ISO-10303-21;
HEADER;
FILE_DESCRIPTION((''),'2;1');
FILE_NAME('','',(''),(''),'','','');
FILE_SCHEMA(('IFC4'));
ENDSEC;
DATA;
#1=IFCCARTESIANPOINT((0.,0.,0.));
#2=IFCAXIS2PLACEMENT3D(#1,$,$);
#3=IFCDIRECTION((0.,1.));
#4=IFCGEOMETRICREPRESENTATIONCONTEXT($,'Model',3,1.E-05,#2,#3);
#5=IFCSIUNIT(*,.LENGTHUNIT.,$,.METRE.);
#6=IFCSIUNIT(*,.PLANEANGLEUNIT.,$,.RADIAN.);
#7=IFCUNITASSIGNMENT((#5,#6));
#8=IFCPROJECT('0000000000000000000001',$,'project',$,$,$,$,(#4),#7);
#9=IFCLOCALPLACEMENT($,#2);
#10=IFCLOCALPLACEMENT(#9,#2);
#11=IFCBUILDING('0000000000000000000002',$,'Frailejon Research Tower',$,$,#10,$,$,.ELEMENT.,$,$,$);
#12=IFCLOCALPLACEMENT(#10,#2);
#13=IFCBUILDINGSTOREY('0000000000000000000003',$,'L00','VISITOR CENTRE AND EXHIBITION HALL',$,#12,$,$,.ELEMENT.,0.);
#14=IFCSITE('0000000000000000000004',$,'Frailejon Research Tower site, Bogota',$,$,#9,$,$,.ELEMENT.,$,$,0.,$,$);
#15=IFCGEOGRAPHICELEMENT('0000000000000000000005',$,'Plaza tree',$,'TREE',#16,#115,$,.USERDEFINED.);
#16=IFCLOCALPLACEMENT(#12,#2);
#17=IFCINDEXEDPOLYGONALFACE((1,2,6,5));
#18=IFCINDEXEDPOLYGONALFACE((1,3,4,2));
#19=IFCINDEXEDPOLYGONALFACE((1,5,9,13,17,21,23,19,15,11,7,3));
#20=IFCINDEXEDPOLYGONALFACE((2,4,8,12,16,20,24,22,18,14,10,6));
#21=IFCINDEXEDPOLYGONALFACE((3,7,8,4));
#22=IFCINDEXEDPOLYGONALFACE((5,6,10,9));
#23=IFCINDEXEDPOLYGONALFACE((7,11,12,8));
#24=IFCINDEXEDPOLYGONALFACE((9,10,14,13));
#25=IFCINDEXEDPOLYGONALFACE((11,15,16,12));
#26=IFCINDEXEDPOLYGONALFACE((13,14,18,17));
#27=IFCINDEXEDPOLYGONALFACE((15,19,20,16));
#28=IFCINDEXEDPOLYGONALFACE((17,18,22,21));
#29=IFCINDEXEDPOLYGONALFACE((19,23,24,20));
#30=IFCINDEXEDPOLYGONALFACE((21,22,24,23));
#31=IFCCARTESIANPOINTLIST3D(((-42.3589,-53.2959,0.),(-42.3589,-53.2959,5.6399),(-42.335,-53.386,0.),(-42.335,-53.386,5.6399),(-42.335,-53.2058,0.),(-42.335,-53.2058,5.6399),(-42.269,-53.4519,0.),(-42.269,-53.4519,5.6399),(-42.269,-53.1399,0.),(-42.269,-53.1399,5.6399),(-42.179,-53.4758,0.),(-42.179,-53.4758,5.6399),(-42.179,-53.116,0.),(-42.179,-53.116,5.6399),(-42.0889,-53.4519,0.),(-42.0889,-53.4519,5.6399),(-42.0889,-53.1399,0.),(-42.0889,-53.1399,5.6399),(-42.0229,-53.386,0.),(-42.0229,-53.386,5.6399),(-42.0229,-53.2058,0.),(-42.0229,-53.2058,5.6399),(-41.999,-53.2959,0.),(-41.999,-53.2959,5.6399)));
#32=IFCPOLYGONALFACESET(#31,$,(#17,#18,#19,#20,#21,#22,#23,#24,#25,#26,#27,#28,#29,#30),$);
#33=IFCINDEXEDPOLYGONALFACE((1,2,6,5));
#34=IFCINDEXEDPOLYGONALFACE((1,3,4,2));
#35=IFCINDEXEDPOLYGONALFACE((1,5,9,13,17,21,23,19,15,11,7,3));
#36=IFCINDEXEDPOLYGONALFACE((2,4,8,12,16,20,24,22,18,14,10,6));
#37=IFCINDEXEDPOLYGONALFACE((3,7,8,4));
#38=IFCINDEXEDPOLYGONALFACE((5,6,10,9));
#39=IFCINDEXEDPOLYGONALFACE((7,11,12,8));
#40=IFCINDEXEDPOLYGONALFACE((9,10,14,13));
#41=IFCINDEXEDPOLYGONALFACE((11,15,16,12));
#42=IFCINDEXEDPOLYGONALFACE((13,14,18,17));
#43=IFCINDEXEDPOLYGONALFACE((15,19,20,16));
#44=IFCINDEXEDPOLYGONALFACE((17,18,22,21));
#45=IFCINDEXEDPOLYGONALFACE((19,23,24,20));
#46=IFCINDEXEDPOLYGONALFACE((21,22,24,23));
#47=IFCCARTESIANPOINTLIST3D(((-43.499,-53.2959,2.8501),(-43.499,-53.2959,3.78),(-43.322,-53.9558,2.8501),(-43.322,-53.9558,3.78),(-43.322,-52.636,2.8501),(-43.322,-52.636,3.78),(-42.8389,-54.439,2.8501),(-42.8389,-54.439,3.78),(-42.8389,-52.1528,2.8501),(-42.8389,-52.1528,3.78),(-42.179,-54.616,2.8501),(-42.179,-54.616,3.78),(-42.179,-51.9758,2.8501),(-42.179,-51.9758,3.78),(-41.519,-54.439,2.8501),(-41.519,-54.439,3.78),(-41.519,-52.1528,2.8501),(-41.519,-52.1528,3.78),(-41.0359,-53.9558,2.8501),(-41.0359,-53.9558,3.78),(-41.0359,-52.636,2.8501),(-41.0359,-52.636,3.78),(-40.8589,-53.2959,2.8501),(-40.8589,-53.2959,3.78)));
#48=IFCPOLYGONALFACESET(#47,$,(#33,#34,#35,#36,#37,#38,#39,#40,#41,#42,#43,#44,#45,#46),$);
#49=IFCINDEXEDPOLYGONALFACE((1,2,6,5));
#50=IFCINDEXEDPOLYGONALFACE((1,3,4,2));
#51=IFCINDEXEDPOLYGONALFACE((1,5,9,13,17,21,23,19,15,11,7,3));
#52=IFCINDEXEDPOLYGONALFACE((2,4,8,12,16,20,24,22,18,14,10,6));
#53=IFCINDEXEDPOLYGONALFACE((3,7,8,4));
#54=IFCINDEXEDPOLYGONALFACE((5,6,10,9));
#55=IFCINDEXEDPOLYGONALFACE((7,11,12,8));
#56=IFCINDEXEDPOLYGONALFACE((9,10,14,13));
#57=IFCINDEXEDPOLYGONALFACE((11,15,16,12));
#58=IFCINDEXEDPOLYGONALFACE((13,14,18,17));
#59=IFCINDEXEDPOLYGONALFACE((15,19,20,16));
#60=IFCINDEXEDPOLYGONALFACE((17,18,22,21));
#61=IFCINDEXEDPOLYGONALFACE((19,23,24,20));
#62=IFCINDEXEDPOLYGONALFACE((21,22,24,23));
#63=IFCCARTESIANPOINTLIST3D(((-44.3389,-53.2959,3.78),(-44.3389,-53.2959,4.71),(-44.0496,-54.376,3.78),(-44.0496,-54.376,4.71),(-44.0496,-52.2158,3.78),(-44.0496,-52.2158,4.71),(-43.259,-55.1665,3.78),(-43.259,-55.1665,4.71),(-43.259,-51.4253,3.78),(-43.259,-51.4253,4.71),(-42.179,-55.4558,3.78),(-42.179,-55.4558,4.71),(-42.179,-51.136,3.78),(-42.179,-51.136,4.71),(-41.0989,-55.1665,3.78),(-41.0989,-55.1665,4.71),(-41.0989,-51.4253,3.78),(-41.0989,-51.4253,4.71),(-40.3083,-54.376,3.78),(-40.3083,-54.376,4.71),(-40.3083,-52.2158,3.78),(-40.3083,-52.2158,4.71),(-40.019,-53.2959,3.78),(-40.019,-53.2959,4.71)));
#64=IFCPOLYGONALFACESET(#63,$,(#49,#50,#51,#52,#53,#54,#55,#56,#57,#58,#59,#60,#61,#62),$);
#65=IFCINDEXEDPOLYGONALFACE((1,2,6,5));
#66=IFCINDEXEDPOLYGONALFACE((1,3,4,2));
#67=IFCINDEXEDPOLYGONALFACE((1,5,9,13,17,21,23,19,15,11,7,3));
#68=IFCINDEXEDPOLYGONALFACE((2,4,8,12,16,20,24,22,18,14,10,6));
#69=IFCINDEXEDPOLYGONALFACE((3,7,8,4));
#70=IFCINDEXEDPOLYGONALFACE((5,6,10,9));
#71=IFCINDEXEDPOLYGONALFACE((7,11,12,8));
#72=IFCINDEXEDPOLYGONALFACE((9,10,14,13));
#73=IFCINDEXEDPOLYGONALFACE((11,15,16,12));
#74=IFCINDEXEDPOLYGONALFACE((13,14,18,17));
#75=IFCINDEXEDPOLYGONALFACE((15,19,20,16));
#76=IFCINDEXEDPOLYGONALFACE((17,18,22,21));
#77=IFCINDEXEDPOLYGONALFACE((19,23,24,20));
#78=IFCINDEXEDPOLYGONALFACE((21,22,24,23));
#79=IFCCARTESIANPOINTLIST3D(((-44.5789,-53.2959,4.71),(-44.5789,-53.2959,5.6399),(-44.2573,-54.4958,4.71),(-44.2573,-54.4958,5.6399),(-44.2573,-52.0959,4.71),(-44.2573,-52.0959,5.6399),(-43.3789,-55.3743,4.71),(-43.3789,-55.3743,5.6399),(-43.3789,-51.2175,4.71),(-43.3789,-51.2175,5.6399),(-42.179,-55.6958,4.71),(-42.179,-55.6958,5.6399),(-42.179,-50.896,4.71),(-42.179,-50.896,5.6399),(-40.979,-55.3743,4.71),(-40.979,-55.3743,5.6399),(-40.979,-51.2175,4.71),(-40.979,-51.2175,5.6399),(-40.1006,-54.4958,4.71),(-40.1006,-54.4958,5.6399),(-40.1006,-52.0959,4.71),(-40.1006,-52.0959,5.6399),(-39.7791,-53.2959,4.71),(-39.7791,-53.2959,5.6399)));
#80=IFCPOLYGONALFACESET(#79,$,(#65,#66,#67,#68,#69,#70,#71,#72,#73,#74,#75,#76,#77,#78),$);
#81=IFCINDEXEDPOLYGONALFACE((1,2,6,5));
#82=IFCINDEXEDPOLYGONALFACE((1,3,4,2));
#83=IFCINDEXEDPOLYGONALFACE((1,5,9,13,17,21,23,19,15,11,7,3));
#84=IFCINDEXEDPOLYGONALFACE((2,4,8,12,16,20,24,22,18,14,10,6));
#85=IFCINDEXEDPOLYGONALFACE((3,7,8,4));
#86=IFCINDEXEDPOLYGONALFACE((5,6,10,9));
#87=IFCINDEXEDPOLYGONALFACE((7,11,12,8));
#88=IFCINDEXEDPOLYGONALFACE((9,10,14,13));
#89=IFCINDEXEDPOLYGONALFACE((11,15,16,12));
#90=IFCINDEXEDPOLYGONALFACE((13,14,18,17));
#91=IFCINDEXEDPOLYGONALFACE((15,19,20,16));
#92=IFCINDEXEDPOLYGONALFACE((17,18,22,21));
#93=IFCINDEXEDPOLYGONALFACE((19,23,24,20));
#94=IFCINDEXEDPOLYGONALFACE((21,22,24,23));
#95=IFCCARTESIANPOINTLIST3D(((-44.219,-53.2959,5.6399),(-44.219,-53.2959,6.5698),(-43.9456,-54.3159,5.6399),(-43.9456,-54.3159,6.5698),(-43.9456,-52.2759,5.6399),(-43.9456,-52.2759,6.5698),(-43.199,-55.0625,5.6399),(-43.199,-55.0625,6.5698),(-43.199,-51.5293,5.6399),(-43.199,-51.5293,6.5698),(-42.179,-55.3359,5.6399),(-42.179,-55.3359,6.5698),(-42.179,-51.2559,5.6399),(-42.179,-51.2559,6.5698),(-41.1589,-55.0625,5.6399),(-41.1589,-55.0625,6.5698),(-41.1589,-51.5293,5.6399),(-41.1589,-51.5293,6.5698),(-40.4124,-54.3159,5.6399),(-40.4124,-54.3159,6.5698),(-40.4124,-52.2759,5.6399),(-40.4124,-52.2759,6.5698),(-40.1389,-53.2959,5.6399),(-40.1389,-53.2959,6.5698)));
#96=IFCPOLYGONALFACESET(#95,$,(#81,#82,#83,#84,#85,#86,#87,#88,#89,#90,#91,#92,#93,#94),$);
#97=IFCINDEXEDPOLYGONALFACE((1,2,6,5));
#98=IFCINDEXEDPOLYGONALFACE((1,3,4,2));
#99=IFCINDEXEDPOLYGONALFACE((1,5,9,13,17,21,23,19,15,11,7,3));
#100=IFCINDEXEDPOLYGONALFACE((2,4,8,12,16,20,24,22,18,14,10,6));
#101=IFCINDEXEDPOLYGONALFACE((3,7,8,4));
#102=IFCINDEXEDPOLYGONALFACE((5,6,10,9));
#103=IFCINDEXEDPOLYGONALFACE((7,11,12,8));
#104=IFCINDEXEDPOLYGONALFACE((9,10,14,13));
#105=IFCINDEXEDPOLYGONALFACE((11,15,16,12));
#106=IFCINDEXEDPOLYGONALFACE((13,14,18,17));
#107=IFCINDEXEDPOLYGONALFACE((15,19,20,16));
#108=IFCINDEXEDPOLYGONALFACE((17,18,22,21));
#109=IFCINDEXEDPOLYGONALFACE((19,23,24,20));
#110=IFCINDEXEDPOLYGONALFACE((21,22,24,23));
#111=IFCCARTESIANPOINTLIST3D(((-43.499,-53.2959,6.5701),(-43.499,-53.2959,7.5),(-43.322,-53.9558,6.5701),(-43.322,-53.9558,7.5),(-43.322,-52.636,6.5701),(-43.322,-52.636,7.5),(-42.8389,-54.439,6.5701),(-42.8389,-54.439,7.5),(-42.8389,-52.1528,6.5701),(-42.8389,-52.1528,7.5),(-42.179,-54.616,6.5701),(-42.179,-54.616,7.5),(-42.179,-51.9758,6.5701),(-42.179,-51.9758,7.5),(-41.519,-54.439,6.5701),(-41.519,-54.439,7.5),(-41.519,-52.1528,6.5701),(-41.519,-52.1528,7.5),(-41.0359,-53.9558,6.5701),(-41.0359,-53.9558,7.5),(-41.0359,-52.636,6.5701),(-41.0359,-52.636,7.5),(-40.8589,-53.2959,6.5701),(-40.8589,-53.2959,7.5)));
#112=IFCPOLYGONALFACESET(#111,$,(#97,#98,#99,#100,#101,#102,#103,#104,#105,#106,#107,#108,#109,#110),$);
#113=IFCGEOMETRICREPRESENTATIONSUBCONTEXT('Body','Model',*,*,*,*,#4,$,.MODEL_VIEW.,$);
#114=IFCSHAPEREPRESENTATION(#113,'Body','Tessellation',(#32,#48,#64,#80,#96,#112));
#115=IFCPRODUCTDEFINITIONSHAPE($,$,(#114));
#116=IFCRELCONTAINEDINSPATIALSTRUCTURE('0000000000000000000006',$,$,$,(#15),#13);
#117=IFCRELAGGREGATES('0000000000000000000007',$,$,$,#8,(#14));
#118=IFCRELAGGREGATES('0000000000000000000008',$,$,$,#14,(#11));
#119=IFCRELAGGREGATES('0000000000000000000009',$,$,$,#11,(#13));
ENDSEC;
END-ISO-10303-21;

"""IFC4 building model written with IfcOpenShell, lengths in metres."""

from ifc_helpers import new_model, si_unit, direction, frame, origin, place, context, subcontext, project, spatial, polyline, outline, extrude, element, save


model = new_model("IFC4")

# Units and contexts
model_context = context("Model", 3, precision=1e-05, world=origin(), true_north=direction((0.0, 1.0)))
body_context = subcontext(model_context, "Body", "Model", "MODEL_VIEW")
ifc_project = project(units=[si_unit("LENGTHUNIT", "METRE"), si_unit("PLANEANGLEUNIT", "RADIAN")], contexts=[model_context])

# Site, building, storey
site_placement = place(None, origin())
site = spatial("IfcSite", under=ifc_project, at=site_placement, Name="Frailejon Research Tower site, Bogota", CompositionType="ELEMENT", RefElevation=0.0)
building_placement = place(site_placement, origin())
building = spatial("IfcBuilding", under=site, at=building_placement, Name="Frailejon Research Tower", CompositionType="ELEMENT")
storey_placement = place(building_placement, origin())
storey = spatial("IfcBuildingStorey", under=building, at=storey_placement, Name="L00", Description="VISITOR CENTRE AND EXHIBITION HALL", CompositionType="ELEMENT", Elevation=0.0)

# Geographic element
geographic_element_1_placement = place(storey_placement, frame((-42.179, -53.2959, 0.0)))
element("IfcGeographicElement", 1, at=geographic_element_1_placement, inside=storey, Name="Plaza tree", ObjectType="TREE", PredefinedType="USERDEFINED", context=body_context, shape_type="SweptSolid", body=[
    extrude(outline(polyline([(0.1799, 0.0), (0.156, 0.0901), (0.0901, 0.156), (0.0, 0.1799), (-0.0901, 0.156), (-0.156, 0.0901), (-0.1799, 0.0), (-0.156, -0.0901), (-0.0901, -0.156), (0.0, -0.1799), (0.0901, -0.156), (0.156, -0.0901), (0.1799, 0.0)])), origin(), (0.0, 0.0, 1.0), 5.6399),
    extrude(outline(polyline([(1.3201, 0.0), (1.1431, 0.6599), (0.6599, 1.1431), (0.0, 1.3201), (-0.6599, 1.1431), (-1.1431, 0.6599), (-1.3201, 0.0), (-1.1431, -0.6599), (-0.6599, -1.1431), (0.0, -1.3201), (0.6599, -1.1431), (1.1431, -0.6599), (1.3201, 0.0)])), frame((0.0, 0.0, 2.8501)), (0.0, 0.0, 1.0), 0.9299),
    extrude(outline(polyline([(2.1599, 0.0), (1.8706, 1.0801), (1.0801, 1.8706), (0.0, 2.1599), (-1.0801, 1.8706), (-1.8706, 1.0801), (-2.1599, 0.0), (-1.8706, -1.0801), (-1.0801, -1.8706), (0.0, -2.1599), (1.0801, -1.8706), (1.8706, -1.0801), (2.1599, 0.0)])), frame((0.0, 0.0, 3.78)), (0.0, 0.0, 1.0), 0.9299),
    extrude(outline(polyline([(2.3999, 0.0), (2.0784, 1.2), (1.2, 2.0784), (0.0, 2.3999), (-1.2, 2.0784), (-2.0784, 1.2), (-2.3999, 0.0), (-2.0784, -1.2), (-1.2, -2.0784), (0.0, -2.3999), (1.2, -2.0784), (2.0784, -1.2), (2.3999, 0.0)])), frame((0.0, 0.0, 4.71)), (0.0, 0.0, 1.0), 0.9299),
    extrude(outline(polyline([(2.04, 0.0), (1.7666, 1.02), (1.02, 1.7666), (0.0, 2.04), (-1.02, 1.7666), (-1.7666, 1.02), (-2.04, 0.0), (-1.7666, -1.02), (-1.02, -1.7666), (0.0, -2.04), (1.02, -1.7666), (1.7666, -1.02), (2.04, 0.0)])), frame((0.0, 0.0, 5.6399)), (0.0, 0.0, 1.0), 0.9299),
    extrude(outline(polyline([(1.3201, 0.0), (1.1431, 0.6599), (0.6599, 1.1431), (0.0, 1.3201), (-0.6599, 1.1431), (-1.1431, 0.6599), (-1.3201, 0.0), (-1.1431, -0.6599), (-0.6599, -1.1431), (0.0, -1.3201), (0.6599, -1.1431), (1.1431, -0.6599), (1.3201, 0.0)])), frame((0.0, 0.0, 6.5701)), (0.0, 0.0, 1.0), 0.9299),
])

save(model, "model.ifc")
